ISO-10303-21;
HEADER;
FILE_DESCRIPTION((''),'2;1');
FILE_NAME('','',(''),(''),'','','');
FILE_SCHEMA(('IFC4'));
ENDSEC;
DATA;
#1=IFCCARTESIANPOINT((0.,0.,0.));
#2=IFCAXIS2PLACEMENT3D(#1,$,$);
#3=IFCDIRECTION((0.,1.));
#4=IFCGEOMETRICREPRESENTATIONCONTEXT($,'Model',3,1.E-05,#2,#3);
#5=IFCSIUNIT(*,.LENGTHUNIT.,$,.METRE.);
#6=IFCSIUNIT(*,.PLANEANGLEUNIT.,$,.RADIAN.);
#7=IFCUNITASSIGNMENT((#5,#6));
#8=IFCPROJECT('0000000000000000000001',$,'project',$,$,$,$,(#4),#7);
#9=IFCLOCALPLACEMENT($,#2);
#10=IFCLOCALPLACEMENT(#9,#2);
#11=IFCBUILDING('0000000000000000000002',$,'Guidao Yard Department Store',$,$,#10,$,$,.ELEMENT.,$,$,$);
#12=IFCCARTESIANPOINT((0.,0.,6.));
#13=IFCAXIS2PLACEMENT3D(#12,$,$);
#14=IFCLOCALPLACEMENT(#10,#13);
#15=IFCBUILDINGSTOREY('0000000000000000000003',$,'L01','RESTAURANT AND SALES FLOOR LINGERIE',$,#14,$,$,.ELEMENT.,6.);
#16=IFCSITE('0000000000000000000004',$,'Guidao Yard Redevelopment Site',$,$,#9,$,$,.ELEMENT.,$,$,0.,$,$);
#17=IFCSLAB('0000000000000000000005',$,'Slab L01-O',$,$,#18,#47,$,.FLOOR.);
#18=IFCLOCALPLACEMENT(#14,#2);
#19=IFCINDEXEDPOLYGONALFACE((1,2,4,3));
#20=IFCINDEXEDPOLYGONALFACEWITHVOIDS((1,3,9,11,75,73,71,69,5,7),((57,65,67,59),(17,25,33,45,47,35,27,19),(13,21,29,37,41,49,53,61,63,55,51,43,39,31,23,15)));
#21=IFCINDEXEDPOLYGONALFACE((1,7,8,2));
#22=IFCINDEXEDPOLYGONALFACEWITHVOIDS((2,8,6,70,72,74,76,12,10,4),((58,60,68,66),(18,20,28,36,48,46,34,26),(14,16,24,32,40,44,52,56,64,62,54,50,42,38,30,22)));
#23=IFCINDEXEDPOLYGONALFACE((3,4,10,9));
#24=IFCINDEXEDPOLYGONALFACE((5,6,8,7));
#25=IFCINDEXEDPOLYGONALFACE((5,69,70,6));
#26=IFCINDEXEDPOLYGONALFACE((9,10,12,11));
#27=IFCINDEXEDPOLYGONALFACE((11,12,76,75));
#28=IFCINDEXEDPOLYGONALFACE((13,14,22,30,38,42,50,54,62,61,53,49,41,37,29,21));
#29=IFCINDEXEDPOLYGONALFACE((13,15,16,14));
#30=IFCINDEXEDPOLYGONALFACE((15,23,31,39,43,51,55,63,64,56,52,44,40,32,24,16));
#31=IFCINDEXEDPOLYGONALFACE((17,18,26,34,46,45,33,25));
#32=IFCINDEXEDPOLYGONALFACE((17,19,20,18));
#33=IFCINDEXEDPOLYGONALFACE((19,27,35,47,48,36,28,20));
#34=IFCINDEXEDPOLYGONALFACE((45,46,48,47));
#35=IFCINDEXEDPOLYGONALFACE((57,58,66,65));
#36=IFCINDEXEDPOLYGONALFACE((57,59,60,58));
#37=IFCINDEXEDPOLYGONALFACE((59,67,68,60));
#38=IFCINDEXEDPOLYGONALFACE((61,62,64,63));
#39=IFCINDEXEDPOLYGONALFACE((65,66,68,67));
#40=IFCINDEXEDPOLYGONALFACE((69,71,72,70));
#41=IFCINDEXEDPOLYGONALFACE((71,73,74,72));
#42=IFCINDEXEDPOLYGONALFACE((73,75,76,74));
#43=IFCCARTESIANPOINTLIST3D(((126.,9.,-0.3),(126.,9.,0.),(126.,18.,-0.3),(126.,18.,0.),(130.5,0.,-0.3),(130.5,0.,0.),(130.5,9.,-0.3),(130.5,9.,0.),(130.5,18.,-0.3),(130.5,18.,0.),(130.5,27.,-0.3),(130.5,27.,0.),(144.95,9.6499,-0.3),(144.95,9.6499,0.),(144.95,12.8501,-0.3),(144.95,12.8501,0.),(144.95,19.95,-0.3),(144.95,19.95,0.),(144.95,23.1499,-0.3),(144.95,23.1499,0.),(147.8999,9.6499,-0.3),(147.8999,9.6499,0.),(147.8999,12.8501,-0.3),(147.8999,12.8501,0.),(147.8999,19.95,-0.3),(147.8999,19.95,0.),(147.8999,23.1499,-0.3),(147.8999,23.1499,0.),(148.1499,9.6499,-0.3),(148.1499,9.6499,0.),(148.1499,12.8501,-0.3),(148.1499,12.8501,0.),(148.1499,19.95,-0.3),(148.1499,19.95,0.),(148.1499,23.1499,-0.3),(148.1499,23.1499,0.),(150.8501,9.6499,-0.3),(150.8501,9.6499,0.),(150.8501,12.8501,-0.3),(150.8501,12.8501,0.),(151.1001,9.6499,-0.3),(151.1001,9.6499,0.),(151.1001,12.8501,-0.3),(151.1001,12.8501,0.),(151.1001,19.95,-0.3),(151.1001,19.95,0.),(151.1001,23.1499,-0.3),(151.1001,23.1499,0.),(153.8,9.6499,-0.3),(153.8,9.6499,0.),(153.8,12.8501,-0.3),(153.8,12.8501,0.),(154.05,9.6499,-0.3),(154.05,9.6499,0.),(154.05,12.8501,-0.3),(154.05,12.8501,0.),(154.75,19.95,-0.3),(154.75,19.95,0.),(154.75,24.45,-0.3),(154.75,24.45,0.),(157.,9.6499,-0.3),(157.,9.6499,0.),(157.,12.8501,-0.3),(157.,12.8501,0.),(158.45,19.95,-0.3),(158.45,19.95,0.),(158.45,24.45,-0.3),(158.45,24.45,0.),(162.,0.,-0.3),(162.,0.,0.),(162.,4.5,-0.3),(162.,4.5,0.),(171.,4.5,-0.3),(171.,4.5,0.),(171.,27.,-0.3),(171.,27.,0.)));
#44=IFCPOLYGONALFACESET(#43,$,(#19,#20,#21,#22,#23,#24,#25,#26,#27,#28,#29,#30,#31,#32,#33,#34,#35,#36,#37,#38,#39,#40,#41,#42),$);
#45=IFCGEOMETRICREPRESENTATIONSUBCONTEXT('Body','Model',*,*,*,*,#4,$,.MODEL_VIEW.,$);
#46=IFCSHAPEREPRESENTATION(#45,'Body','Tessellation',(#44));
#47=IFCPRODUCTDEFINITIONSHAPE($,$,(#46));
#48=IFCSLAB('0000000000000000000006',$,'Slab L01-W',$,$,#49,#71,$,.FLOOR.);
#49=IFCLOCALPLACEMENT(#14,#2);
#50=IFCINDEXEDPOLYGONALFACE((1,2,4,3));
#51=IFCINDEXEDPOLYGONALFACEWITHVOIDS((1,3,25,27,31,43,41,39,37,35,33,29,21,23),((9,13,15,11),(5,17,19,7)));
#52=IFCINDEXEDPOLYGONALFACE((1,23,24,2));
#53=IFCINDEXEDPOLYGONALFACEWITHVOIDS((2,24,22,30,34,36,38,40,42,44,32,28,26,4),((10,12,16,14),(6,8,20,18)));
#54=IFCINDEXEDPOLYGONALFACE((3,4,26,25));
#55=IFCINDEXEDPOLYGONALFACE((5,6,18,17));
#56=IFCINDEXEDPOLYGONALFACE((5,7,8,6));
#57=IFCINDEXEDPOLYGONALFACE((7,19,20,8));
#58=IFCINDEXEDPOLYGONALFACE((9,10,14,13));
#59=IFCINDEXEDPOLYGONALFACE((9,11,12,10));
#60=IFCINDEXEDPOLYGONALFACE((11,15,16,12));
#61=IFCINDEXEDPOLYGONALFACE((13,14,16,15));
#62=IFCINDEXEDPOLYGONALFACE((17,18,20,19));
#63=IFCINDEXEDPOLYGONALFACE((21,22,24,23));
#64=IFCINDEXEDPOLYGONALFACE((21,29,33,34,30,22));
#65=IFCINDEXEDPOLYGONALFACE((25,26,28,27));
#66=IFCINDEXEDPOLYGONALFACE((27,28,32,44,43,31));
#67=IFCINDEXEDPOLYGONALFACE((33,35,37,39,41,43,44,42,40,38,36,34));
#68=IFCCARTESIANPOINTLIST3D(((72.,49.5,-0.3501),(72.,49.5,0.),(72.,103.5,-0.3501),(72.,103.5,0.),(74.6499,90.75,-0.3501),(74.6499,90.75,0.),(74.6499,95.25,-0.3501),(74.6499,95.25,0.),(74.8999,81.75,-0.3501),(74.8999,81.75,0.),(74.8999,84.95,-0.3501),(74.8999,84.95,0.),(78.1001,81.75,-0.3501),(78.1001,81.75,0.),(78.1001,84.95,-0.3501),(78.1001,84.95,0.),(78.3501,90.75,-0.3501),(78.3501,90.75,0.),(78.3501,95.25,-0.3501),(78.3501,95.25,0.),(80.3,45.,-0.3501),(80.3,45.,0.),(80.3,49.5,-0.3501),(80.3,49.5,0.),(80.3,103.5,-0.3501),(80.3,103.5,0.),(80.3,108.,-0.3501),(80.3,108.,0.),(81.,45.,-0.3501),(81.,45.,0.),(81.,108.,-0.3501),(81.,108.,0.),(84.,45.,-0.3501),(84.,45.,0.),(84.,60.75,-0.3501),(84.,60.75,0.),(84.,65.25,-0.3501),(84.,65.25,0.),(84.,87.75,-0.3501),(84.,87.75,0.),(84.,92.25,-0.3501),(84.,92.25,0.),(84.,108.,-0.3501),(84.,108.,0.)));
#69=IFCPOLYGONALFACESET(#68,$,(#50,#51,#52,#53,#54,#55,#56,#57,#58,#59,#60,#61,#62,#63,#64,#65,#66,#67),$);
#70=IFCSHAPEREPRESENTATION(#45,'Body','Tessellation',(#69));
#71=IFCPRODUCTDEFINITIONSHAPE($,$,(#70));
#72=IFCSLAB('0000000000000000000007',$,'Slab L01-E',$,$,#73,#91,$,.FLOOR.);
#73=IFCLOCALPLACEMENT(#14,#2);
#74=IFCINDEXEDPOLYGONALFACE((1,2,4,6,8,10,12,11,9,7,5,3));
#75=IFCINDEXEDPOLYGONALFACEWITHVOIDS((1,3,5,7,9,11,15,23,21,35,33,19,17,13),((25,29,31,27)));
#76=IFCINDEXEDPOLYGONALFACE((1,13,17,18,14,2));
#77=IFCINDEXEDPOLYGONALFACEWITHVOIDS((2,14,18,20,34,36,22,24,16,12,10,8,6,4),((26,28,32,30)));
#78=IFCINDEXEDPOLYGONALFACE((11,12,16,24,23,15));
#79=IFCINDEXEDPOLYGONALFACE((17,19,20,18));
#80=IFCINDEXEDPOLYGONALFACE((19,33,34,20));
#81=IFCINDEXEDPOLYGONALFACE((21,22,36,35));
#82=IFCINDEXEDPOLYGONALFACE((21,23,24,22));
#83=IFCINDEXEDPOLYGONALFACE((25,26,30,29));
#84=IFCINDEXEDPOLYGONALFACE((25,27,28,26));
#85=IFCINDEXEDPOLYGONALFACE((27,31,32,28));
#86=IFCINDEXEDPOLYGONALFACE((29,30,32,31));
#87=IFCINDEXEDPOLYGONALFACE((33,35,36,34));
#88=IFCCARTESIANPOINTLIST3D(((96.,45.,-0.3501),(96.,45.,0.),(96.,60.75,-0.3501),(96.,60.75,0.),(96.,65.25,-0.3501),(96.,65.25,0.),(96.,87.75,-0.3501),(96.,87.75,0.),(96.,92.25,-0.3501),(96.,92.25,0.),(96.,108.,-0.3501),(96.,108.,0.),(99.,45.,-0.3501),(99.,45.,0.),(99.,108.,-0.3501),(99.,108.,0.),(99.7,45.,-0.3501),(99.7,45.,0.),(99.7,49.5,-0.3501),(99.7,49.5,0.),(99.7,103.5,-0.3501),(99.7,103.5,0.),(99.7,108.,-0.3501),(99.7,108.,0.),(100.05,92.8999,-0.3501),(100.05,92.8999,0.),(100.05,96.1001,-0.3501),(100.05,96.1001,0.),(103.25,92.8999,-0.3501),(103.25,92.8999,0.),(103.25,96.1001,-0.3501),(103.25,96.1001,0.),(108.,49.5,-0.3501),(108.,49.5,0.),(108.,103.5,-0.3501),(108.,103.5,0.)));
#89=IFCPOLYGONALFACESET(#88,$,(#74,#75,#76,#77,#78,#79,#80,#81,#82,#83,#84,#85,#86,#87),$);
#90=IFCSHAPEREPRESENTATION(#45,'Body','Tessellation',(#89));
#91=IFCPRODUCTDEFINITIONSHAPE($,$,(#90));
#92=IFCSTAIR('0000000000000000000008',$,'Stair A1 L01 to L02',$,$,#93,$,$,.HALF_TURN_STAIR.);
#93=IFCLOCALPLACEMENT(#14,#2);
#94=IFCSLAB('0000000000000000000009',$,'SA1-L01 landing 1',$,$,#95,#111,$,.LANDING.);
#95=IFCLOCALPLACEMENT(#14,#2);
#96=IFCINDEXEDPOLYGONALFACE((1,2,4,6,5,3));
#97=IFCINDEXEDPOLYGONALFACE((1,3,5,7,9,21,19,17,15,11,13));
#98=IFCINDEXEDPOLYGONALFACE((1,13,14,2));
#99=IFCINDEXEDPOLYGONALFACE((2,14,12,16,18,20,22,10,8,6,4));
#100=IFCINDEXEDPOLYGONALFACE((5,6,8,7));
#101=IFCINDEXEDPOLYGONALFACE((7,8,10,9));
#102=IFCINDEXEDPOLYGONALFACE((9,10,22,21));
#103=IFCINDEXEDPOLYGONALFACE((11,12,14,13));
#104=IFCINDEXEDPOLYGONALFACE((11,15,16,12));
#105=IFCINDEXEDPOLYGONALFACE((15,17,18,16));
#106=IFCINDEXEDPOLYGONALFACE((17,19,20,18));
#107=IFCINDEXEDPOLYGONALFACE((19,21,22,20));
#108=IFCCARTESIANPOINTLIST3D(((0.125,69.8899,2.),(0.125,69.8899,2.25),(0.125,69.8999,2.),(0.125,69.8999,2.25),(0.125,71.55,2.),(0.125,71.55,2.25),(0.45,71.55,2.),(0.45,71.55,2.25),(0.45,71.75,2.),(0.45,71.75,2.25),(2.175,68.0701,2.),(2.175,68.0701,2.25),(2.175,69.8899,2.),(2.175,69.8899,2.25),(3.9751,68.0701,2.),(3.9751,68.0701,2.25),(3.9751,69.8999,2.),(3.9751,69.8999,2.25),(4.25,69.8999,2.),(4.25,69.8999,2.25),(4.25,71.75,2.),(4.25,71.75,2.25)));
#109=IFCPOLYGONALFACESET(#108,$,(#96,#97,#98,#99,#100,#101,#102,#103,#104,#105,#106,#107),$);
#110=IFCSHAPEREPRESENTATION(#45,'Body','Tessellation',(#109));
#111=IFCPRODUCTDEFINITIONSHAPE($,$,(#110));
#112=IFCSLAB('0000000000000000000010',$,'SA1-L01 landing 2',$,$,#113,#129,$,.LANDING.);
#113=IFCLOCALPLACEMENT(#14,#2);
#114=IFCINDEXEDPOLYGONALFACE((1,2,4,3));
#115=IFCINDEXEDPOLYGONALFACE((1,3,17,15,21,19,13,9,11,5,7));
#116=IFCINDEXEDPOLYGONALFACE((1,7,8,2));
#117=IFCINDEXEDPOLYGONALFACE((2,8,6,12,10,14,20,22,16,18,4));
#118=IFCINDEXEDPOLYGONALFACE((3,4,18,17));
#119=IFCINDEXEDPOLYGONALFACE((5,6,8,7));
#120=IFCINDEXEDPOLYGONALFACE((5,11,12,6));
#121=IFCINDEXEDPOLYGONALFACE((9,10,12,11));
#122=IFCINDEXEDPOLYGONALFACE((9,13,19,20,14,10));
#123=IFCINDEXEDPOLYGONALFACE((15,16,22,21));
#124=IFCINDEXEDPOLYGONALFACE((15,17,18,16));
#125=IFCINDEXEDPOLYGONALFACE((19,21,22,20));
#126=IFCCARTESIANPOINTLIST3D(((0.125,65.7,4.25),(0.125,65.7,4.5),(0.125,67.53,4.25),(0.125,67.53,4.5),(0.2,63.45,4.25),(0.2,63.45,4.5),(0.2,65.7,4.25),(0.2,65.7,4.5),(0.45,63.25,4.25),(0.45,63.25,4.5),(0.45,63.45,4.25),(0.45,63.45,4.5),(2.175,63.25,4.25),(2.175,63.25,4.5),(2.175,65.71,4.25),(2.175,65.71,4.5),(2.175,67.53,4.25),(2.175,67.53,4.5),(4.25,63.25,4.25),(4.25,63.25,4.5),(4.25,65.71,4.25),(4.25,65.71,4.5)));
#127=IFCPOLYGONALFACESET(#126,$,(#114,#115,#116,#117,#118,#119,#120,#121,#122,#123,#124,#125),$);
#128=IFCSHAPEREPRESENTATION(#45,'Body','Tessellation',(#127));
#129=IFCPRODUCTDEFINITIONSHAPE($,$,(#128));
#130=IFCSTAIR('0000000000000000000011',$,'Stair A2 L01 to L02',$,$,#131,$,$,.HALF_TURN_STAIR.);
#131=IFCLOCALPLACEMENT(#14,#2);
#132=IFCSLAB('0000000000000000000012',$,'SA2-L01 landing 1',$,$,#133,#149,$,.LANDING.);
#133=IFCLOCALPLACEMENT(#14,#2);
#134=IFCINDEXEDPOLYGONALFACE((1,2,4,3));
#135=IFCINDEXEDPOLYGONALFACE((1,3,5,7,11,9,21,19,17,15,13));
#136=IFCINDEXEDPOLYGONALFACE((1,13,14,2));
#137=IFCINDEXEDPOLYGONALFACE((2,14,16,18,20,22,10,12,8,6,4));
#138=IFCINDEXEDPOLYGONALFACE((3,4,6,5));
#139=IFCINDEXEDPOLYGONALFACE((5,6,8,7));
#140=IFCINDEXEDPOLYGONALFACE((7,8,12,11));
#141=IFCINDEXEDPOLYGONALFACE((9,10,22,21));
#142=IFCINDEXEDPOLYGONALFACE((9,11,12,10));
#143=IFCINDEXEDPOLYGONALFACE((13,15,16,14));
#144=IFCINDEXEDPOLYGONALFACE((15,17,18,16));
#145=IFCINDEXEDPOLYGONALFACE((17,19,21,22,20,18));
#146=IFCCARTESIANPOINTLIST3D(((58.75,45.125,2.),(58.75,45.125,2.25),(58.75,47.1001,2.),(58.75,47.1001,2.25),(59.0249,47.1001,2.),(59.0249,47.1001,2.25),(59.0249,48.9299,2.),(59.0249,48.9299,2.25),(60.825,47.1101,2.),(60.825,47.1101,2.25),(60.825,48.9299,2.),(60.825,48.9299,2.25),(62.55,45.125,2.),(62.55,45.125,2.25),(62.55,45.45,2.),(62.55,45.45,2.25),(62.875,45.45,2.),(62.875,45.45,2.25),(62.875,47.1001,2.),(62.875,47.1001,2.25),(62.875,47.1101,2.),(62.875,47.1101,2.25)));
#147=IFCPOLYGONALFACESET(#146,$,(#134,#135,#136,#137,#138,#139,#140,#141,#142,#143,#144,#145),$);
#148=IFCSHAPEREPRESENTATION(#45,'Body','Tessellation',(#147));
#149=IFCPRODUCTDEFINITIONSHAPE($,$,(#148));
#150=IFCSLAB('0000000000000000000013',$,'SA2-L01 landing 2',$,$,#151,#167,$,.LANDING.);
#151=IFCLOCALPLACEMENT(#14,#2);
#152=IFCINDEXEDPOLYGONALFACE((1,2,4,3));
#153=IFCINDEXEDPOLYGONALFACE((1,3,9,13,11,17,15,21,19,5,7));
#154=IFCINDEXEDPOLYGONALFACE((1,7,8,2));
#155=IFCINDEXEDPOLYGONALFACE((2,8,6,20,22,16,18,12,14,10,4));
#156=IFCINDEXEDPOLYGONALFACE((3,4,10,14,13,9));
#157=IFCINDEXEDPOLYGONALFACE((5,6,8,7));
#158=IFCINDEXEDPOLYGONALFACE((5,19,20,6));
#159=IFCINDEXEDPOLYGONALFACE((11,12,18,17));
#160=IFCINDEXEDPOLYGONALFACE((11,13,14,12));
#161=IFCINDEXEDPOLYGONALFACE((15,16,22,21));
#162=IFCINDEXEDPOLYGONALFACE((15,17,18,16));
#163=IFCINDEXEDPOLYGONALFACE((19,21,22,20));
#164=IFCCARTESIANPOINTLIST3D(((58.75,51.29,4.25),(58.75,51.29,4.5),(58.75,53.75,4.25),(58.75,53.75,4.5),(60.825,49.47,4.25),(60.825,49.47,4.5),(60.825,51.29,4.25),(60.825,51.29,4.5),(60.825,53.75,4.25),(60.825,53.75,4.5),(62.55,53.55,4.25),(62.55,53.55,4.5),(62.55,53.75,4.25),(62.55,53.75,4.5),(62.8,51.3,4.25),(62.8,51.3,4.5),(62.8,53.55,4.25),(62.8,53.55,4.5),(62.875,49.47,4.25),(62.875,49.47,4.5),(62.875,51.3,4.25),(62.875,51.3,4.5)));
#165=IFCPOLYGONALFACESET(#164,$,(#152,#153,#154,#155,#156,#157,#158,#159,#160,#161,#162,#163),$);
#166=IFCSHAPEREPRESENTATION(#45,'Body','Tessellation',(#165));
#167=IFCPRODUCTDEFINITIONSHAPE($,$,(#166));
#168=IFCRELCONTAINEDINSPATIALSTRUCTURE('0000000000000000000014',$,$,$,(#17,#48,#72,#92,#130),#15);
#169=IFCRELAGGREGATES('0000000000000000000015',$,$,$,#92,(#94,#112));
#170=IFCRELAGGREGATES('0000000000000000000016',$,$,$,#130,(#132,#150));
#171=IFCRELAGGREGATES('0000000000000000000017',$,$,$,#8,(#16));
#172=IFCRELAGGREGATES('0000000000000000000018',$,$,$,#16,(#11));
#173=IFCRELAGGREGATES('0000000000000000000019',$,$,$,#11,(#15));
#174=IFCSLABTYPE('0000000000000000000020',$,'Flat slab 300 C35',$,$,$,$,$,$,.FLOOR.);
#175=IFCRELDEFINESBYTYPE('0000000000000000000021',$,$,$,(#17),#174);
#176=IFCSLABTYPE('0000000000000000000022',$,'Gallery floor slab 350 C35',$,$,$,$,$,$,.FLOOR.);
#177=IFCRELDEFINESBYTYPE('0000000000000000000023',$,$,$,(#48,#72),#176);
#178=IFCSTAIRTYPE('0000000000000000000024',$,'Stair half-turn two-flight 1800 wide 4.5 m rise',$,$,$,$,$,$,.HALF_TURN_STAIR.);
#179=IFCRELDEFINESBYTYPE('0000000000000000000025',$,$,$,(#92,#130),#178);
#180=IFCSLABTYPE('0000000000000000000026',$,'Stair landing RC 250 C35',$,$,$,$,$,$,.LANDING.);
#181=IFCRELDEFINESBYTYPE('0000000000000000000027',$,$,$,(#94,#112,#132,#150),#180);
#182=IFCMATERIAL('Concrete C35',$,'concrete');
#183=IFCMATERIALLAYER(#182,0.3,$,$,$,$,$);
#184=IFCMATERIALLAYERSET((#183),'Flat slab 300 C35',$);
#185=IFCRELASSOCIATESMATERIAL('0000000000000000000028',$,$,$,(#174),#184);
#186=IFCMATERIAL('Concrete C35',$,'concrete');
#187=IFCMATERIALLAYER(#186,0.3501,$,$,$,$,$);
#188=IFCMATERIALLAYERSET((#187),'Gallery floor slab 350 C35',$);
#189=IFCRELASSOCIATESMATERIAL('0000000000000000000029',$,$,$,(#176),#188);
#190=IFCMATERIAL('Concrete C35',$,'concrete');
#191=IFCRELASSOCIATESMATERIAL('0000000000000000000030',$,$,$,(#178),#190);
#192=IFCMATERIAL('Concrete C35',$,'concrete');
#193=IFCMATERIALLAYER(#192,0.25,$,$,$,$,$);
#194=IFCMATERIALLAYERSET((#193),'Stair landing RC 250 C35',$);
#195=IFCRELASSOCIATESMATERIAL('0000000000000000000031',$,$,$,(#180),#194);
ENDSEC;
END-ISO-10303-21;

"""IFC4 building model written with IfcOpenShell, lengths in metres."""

from ifc_helpers import new_model, si_unit, direction, frame, origin, place, context, subcontext, project, spatial, polyline, outline, extrude, material, layer, layer_set, type_object, element, aggregate, save


model = new_model("IFC4")

# Units and contexts
model_context = context("Model", 3, precision=1e-05, world=origin(), true_north=direction((0.0, 1.0)))
body_context = subcontext(model_context, "Body", "Model", "MODEL_VIEW")
ifc_project = project(units=[si_unit("LENGTHUNIT", "METRE"), si_unit("PLANEANGLEUNIT", "RADIAN")], contexts=[model_context])

# Site, building, storey
site_placement = place(None, origin())
site = spatial("IfcSite", under=ifc_project, at=site_placement, Name="Guidao Yard Redevelopment Site", CompositionType="ELEMENT", RefElevation=0.0)
building_placement = place(site_placement, origin())
building = spatial("IfcBuilding", under=site, at=building_placement, Name="Guidao Yard Department Store", CompositionType="ELEMENT")
storey_placement = place(building_placement, frame((0.0, 0.0, 6.0)))
storey = spatial("IfcBuildingStorey", under=building, at=storey_placement, Name="L01", Description="RESTAURANT AND SALES FLOOR LINGERIE", CompositionType="ELEMENT", Elevation=6.0)

# Slabs
ifc_material_1 = material(Name="Concrete C35", Category="concrete")
ifc_layer_1 = layer(ifc_material_1, 0.3)
ifc_layer_set_1 = layer_set([ifc_layer_1], Name="Flat slab 300 C35")
slab_type_1 = type_object("IfcSlabType", Name="Flat slab 300 C35", PredefinedType="FLOOR", material=ifc_layer_set_1)
slab_1_placement = place(storey_placement, frame((0.0, 0.0, -0.3)))
element("IfcSlab", 1, at=slab_1_placement, inside=storey, type_object=slab_type_1, Name="Slab L01-O", PredefinedType="FLOOR", context=body_context, shape_type="SweptSolid", body=[
    extrude(outline(polyline([(171.0, 4.5), (162.0, 4.5), (162.0, 0.0), (130.5, 0.0), (130.5, 9.0), (126.0, 9.0), (126.0, 18.0), (130.5, 18.0), (130.5, 27.0), (171.0, 27.0), (171.0, 4.5)]), holes=[polyline([(147.8999, 9.6499), (148.1499, 9.6499), (150.8501, 9.6499), (151.1001, 9.6499), (153.8, 9.6499), (154.05, 9.6499), (157.0, 9.6499), (157.0, 12.8501), (154.05, 12.8501), (153.8, 12.8501), (151.1001, 12.8501), (150.8501, 12.8501), (148.1499, 12.8501), (147.8999, 12.8501), (144.95, 12.8501), (144.95, 9.6499), (147.8999, 9.6499)]), polyline([(144.95, 19.95), (147.8999, 19.95), (148.1499, 19.95), (151.1001, 19.95), (151.1001, 23.1499), (148.1499, 23.1499), (147.8999, 23.1499), (144.95, 23.1499), (144.95, 19.95)]), polyline([(154.75, 19.95), (158.45, 19.95), (158.45, 24.45), (154.75, 24.45), (154.75, 19.95)])]), origin(), (0.0, 0.0, 1.0), 0.3),
])
ifc_material_2 = material(Name="Concrete C35", Category="concrete")
ifc_layer_2 = layer(ifc_material_2, 0.3501)
ifc_layer_set_2 = layer_set([ifc_layer_2], Name="Gallery floor slab 350 C35")
slab_type_2 = type_object("IfcSlabType", Name="Gallery floor slab 350 C35", PredefinedType="FLOOR", material=ifc_layer_set_2)
slab_2_placement = place(storey_placement, frame((0.0, 0.0, -0.3501)))
element("IfcSlab", 2, at=slab_2_placement, inside=storey, type_object=slab_type_2, Name="Slab L01-W", PredefinedType="FLOOR", context=body_context, shape_type="SweptSolid", body=[
    extrude(outline(polyline([(80.3, 103.5), (80.3, 108.0), (81.0, 108.0), (84.0, 108.0), (84.0, 92.25), (84.0, 87.75), (84.0, 65.25), (84.0, 60.75), (84.0, 45.0), (81.0, 45.0), (80.3, 45.0), (80.3, 49.5), (72.0, 49.5), (72.0, 103.5), (80.3, 103.5)]), holes=[polyline([(78.1001, 81.75), (78.1001, 84.95), (74.8999, 84.95), (74.8999, 81.75), (78.1001, 81.75)]), polyline([(78.3501, 90.75), (78.3501, 95.25), (74.6499, 95.25), (74.6499, 90.75), (78.3501, 90.75)])]), origin(), (0.0, 0.0, 1.0), 0.3501),
])
slab_3_placement = place(storey_placement, frame((0.0, 0.0, -0.3501)))
element("IfcSlab", 3, at=slab_3_placement, inside=storey, type_object=slab_type_2, Name="Slab L01-E", PredefinedType="FLOOR", context=body_context, shape_type="SweptSolid", body=[
    extrude(outline(polyline([(99.7, 49.5), (99.7, 45.0), (99.0, 45.0), (96.0, 45.0), (96.0, 60.75), (96.0, 65.25), (96.0, 87.75), (96.0, 92.25), (96.0, 108.0), (99.0, 108.0), (99.7, 108.0), (99.7, 103.5), (108.0, 103.5), (108.0, 49.5), (99.7, 49.5)]), holes=[polyline([(103.25, 92.8999), (103.25, 96.1001), (100.05, 96.1001), (100.05, 92.8999), (103.25, 92.8999)])]), origin(), (0.0, 0.0, 1.0), 0.3501),
])

# Stairs, slabs
ifc_material_3 = material(Name="Concrete C35", Category="concrete")
stair_type_1 = type_object("IfcStairType", Name="Stair half-turn two-flight 1800 wide 4.5 m rise", PredefinedType="HALF_TURN_STAIR", material=ifc_material_3)
stair_1_placement = place(storey_placement, origin())
stair_1 = element("IfcStair", 4, at=stair_1_placement, inside=storey, type_object=stair_type_1, Name="Stair A1 L01 to L02", PredefinedType="HALF_TURN_STAIR")
ifc_material_4 = material(Name="Concrete C35", Category="concrete")
ifc_layer_3 = layer(ifc_material_4, 0.25)
ifc_layer_set_3 = layer_set([ifc_layer_3], Name="Stair landing RC 250 C35")
slab_type_3 = type_object("IfcSlabType", Name="Stair landing RC 250 C35", PredefinedType="LANDING", material=ifc_layer_set_3)
slab_4_placement = place(storey_placement, frame((0.0, 0.0, 2.0)))
slab_4 = element("IfcSlab", 5, at=slab_4_placement, type_object=slab_type_3, Name="SA1-L01 landing 1", PredefinedType="LANDING", context=body_context, shape_type="SweptSolid", body=[
    extrude(outline(polyline([(2.175, 69.8899), (0.125, 69.8899), (0.125, 69.8999), (0.125, 71.55), (0.45, 71.55), (0.45, 71.75), (4.25, 71.75), (4.25, 69.8999), (3.9751, 69.8999), (3.9751, 68.0701), (2.175, 68.0701), (2.175, 69.8899)])), origin(), (0.0, 0.0, 1.0), 0.25),
])
slab_5_placement = place(storey_placement, frame((0.0, 0.0, 4.25)))
slab_5 = element("IfcSlab", 6, at=slab_5_placement, type_object=slab_type_3, Name="SA1-L01 landing 2", PredefinedType="LANDING", context=body_context, shape_type="SweptSolid", body=[
    extrude(outline(polyline([(0.125, 65.7), (0.125, 67.53), (2.175, 67.53), (2.175, 65.71), (4.25, 65.71), (4.25, 63.25), (2.175, 63.25), (0.45, 63.25), (0.45, 63.45), (0.2, 63.45), (0.2, 65.7), (0.125, 65.7)])), origin(), (0.0, 0.0, 1.0), 0.25),
])
aggregate(stair_1, [slab_4, slab_5])
stair_2_placement = place(storey_placement, origin())
stair_2 = element("IfcStair", 7, at=stair_2_placement, inside=storey, type_object=stair_type_1, Name="Stair A2 L01 to L02", PredefinedType="HALF_TURN_STAIR")
slab_6_placement = place(storey_placement, frame((0.0, 0.0, 2.0)))
slab_6 = element("IfcSlab", 8, at=slab_6_placement, type_object=slab_type_3, Name="SA2-L01 landing 1", PredefinedType="LANDING", context=body_context, shape_type="SweptSolid", body=[
    extrude(outline(polyline([(58.75, 47.1001), (59.0249, 47.1001), (59.0249, 48.9299), (60.825, 48.9299), (60.825, 47.1101), (62.875, 47.1101), (62.875, 47.1001), (62.875, 45.45), (62.55, 45.45), (62.55, 45.125), (58.75, 45.125), (58.75, 47.1001)])), origin(), (0.0, 0.0, 1.0), 0.25),
])
slab_7_placement = place(storey_placement, frame((0.0, 0.0, 4.25)))
slab_7 = element("IfcSlab", 9, at=slab_7_placement, type_object=slab_type_3, Name="SA2-L01 landing 2", PredefinedType="LANDING", context=body_context, shape_type="SweptSolid", body=[
    extrude(outline(polyline([(60.825, 49.47), (60.825, 51.29), (58.75, 51.29), (58.75, 53.75), (60.825, 53.75), (62.55, 53.75), (62.55, 53.55), (62.8, 53.55), (62.8, 51.3), (62.875, 51.3), (62.875, 49.47), (60.825, 49.47)])), origin(), (0.0, 0.0, 1.0), 0.25),
])
aggregate(stair_2, [slab_6, slab_7])

save(model, "model.ifc")
